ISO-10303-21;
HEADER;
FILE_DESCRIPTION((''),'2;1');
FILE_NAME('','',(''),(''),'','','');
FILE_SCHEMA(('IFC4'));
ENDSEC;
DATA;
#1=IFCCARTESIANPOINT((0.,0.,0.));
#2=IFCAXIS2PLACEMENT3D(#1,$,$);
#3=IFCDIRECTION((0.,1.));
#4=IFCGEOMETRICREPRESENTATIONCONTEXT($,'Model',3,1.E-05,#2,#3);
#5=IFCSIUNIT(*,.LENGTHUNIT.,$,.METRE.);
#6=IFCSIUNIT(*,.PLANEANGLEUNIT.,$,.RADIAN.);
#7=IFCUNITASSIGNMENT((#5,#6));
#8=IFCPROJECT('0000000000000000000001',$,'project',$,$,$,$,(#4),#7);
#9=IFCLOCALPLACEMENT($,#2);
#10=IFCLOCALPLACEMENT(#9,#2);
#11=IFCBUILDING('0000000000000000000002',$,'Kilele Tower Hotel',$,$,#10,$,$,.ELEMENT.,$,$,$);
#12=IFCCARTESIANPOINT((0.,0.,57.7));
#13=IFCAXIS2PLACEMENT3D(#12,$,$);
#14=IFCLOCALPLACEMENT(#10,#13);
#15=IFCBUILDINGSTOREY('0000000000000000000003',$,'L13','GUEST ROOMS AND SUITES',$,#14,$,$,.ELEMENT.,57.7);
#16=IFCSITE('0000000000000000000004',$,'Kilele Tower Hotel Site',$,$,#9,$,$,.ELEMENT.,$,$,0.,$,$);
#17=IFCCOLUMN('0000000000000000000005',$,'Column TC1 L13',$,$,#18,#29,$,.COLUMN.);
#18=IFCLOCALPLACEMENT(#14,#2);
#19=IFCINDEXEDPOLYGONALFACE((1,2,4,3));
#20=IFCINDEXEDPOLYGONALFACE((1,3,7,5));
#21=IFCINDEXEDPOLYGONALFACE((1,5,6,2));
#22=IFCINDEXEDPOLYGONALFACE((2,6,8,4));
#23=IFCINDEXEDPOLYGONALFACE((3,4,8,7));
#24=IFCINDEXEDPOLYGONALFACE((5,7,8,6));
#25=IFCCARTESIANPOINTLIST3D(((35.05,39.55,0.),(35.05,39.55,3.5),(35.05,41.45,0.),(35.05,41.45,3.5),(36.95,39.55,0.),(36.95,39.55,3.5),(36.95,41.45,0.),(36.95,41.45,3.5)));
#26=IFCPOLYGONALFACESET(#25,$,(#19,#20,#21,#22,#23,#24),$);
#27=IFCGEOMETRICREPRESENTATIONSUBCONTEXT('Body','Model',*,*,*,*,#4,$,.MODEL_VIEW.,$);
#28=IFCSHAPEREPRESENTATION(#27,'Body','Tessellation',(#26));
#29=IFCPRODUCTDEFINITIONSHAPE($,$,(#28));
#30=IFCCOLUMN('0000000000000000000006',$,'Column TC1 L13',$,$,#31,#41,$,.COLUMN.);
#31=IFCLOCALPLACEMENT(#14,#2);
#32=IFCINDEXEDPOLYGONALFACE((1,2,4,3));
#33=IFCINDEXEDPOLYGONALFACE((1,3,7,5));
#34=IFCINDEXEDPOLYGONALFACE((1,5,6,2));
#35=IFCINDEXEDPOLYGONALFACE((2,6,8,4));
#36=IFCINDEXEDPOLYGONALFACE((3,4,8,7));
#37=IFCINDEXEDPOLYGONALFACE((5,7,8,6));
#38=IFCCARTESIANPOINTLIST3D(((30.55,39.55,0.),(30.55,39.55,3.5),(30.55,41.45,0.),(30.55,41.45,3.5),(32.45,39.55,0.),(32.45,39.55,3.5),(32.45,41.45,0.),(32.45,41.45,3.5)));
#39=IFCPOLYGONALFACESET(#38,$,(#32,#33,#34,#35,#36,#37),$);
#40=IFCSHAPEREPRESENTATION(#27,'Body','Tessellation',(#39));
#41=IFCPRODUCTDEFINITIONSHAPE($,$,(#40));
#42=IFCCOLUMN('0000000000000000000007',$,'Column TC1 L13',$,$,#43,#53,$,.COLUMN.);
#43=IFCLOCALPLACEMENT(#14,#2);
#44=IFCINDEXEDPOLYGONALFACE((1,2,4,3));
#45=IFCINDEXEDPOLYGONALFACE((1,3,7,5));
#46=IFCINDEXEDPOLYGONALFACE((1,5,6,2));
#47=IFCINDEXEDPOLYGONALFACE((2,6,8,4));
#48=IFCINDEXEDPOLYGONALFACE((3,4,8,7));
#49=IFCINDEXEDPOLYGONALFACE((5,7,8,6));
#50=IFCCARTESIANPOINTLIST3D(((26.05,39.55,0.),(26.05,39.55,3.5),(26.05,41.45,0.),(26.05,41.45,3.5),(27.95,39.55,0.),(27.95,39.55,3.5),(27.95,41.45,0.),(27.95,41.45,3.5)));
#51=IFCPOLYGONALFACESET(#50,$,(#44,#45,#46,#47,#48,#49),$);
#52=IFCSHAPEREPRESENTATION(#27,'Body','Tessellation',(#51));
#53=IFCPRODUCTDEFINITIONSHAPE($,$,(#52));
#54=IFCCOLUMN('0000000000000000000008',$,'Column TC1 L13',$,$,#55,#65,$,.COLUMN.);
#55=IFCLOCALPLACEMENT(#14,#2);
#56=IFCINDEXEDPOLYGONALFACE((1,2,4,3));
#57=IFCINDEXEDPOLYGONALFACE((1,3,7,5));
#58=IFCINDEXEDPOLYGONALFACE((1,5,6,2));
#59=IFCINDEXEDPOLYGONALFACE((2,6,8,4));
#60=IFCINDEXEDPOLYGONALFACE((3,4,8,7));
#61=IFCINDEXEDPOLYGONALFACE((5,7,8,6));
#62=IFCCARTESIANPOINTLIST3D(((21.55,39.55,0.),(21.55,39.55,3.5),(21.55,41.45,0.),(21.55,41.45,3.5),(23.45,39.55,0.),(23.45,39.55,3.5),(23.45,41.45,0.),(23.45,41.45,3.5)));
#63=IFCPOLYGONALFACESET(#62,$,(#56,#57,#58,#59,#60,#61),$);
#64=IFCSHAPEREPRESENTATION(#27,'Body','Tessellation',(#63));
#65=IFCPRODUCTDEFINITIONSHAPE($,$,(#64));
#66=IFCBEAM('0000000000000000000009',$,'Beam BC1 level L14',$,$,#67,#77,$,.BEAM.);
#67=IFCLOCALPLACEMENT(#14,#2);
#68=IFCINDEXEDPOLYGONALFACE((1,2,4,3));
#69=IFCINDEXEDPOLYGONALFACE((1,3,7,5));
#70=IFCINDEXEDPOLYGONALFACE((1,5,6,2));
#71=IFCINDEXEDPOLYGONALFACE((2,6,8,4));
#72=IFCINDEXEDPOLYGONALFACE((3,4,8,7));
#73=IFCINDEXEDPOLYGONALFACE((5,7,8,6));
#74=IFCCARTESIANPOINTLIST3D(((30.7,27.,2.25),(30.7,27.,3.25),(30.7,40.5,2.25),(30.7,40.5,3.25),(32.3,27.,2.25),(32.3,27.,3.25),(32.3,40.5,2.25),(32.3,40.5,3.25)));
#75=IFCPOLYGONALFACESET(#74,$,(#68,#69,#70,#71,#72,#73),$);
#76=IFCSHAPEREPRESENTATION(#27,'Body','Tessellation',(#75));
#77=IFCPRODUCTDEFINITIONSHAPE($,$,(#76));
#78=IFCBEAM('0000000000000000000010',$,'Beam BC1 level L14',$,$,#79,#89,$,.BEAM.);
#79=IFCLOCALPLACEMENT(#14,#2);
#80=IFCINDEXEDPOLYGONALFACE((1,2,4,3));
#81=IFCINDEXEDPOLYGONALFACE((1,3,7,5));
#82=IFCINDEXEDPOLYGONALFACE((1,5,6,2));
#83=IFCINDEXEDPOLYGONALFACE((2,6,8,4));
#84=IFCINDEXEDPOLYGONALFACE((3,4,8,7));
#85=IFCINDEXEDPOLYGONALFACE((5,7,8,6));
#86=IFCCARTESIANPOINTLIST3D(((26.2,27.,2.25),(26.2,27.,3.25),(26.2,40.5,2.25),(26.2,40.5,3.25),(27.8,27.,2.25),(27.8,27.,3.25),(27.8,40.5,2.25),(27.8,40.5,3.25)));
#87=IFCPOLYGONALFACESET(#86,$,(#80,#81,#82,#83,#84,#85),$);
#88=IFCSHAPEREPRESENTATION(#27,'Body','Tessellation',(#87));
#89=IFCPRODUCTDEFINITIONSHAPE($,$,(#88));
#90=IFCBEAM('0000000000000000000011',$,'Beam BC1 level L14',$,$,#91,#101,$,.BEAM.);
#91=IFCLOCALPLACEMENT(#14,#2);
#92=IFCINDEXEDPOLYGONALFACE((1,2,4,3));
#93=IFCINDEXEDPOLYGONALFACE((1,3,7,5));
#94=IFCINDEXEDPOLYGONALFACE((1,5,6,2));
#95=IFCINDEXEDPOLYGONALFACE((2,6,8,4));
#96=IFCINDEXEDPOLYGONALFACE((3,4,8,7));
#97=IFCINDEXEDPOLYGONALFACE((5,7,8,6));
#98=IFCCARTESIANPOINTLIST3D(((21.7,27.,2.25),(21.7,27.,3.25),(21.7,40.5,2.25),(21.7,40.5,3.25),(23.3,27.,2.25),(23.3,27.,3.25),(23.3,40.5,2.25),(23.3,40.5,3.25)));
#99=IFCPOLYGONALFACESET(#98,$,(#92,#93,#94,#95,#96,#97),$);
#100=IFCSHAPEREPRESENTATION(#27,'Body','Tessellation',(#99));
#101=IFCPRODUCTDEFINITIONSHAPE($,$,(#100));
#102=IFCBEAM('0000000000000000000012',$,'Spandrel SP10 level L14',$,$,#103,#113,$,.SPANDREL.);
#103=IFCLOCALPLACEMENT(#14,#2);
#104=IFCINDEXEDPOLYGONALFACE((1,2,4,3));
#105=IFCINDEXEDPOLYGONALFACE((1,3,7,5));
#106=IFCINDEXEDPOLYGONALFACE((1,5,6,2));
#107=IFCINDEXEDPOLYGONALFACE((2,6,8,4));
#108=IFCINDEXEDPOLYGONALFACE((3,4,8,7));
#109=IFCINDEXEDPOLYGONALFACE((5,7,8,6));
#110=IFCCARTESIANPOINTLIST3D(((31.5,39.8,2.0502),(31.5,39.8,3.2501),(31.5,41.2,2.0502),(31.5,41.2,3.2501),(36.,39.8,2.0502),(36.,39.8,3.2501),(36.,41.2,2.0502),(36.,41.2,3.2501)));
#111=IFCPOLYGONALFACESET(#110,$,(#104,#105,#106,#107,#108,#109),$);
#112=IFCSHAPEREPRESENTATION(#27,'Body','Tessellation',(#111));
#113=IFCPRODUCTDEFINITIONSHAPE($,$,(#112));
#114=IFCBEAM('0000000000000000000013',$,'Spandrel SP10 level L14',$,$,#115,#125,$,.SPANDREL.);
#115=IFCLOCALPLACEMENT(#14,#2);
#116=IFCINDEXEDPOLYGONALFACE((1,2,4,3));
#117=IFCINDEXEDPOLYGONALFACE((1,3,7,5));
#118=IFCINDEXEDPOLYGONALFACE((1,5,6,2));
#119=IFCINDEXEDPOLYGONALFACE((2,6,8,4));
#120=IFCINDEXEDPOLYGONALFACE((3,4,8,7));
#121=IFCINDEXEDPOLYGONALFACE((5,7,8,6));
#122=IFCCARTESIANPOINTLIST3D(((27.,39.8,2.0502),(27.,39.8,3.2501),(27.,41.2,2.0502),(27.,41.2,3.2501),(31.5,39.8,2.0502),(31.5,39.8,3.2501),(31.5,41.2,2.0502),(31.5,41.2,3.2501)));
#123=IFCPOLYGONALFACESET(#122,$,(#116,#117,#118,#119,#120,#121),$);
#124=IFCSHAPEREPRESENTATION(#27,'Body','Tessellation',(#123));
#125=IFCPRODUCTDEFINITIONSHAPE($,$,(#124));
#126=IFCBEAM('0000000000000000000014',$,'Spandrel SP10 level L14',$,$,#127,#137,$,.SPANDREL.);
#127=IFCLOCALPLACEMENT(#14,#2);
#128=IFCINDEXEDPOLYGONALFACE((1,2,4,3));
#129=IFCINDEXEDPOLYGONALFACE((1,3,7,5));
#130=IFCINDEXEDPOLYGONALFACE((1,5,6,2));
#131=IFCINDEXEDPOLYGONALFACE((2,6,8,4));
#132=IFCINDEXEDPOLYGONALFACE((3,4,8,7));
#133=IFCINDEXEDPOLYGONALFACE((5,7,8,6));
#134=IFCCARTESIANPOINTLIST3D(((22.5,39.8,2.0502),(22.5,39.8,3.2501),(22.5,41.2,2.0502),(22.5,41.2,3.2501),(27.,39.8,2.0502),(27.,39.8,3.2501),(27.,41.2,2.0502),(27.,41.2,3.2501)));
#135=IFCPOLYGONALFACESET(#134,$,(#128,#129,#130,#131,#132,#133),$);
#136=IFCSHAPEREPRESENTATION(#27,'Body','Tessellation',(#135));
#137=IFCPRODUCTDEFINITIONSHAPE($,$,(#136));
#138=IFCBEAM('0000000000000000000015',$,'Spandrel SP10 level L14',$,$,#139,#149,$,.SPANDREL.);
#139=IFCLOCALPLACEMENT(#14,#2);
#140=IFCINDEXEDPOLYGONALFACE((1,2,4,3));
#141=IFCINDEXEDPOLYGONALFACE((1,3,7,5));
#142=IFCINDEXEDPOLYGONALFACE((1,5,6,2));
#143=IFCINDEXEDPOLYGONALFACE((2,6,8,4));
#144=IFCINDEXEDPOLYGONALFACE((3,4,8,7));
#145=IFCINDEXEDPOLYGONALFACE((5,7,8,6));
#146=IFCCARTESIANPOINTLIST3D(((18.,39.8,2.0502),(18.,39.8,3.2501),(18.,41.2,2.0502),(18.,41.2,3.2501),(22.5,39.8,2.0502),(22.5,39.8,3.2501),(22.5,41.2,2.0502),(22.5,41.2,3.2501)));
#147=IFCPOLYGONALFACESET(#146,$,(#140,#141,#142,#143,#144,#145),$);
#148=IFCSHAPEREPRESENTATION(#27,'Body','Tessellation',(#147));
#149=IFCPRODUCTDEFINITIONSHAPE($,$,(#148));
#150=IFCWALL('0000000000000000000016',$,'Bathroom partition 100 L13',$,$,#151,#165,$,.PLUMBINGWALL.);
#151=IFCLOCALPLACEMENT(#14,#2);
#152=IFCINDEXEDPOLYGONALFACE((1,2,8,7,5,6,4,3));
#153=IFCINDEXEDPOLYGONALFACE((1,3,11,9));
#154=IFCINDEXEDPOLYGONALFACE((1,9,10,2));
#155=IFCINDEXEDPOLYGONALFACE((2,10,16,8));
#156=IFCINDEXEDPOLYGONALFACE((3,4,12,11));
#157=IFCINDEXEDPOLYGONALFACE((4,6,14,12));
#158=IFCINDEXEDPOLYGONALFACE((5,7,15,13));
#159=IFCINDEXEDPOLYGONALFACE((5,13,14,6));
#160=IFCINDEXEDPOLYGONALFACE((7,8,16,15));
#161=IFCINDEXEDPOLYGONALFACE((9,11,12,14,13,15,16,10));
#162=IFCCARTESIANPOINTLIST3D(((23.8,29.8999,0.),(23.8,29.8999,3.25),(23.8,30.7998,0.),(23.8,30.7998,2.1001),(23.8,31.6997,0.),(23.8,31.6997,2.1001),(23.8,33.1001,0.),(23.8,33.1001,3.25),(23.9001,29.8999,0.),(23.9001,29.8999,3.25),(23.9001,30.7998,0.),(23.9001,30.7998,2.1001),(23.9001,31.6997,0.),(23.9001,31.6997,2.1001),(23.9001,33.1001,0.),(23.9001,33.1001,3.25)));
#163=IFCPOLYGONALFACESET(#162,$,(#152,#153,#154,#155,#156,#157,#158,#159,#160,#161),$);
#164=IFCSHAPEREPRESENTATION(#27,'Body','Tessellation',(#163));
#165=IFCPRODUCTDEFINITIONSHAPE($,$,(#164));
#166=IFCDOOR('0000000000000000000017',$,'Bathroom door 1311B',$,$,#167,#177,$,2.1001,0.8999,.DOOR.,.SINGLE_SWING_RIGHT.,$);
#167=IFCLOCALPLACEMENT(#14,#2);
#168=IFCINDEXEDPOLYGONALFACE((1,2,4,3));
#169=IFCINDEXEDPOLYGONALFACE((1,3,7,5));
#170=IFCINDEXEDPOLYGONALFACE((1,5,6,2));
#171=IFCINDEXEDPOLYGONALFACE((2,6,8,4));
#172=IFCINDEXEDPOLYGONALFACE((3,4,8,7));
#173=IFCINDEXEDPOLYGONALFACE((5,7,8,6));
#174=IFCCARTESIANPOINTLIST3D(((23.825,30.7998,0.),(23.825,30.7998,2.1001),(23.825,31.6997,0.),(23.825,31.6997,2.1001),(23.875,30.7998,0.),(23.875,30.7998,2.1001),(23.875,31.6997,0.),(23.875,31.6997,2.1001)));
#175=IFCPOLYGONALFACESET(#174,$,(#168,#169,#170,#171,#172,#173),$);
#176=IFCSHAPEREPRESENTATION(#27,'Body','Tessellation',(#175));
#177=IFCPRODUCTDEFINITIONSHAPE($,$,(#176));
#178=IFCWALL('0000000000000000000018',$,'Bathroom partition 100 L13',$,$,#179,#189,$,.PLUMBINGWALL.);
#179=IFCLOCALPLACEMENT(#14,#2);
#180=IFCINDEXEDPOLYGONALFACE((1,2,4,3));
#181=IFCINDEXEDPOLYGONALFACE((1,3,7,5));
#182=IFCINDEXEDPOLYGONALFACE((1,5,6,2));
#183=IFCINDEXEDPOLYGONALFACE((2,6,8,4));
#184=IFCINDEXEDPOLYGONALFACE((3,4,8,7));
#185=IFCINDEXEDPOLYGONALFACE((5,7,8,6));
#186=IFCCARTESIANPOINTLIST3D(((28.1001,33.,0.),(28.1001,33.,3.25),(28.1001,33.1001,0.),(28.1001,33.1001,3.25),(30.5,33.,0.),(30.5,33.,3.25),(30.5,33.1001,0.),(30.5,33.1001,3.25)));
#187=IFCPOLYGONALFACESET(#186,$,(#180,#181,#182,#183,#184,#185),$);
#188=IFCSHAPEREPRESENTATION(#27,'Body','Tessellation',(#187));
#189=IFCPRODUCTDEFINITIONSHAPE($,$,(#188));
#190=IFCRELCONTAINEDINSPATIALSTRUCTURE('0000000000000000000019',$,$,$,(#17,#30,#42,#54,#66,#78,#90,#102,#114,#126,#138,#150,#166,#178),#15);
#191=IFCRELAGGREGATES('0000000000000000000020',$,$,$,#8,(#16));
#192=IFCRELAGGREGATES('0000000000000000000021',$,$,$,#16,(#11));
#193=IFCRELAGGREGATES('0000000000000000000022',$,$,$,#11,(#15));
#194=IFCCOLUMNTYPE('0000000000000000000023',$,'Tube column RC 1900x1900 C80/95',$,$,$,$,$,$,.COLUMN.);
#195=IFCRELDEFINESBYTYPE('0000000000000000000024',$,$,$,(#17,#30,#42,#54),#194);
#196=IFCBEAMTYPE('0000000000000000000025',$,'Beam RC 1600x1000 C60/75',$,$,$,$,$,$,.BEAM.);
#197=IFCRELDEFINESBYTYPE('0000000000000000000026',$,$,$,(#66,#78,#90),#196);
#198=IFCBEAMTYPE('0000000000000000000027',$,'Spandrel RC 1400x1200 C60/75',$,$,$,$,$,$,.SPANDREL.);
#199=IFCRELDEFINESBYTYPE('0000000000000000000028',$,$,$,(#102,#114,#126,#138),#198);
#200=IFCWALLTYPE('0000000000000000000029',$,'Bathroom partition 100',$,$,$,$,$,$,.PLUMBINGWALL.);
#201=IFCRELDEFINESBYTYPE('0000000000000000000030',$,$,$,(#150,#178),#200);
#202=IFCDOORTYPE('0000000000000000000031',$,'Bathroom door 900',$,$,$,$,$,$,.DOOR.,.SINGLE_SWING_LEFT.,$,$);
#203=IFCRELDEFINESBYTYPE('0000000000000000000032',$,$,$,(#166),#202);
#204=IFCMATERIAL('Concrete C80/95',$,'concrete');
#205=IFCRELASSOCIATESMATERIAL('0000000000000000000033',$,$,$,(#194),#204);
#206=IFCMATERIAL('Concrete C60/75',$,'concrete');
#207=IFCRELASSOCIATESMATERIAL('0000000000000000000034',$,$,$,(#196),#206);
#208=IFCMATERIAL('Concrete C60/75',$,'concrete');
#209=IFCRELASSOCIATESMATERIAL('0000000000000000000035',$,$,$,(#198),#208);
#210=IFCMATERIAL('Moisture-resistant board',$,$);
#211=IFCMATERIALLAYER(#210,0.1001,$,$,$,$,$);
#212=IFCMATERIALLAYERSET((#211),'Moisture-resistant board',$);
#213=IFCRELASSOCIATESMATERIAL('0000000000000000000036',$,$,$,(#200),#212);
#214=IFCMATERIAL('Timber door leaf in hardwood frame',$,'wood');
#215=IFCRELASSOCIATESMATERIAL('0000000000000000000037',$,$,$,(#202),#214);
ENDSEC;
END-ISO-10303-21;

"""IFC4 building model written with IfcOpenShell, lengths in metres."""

from ifc_helpers import new_model, si_unit, direction, frame, frame_2d, origin, origin_2d, place, context, subcontext, project, spatial, rectangle, extrude, material, layer, layer_set, material_profile, profile_set, type_object, element, fill, save


model = new_model("IFC4")

# Units and contexts
model_context = context("Model", 3, precision=1e-05, world=origin(), true_north=direction((0.0, 1.0)))
body_context = subcontext(model_context, "Body", "Model", "MODEL_VIEW")
ifc_project = project(units=[si_unit("LENGTHUNIT", "METRE"), si_unit("PLANEANGLEUNIT", "RADIAN")], contexts=[model_context])

# Site, building, storey
site_placement = place(None, origin())
site = spatial("IfcSite", under=ifc_project, at=site_placement, Name="Kilele Tower Hotel Site", CompositionType="ELEMENT", RefElevation=0.0)
building_placement = place(site_placement, origin())
building = spatial("IfcBuilding", under=site, at=building_placement, Name="Kilele Tower Hotel", CompositionType="ELEMENT")
storey_placement = place(building_placement, frame((0.0, 0.0, 57.7)))
storey = spatial("IfcBuildingStorey", under=building, at=storey_placement, Name="L13", Description="GUEST ROOMS AND SUITES", CompositionType="ELEMENT", Elevation=57.7)

# Columns
ifc_material_1 = material(Name="Concrete C80/95", Category="concrete")
ifc_material_profile_1 = material_profile(ifc_material_1, rectangle(XDim=1.8999, YDim=1.8999, at=origin_2d()))
ifc_profile_set_1 = profile_set([ifc_material_profile_1], Name="Concrete C80/95")
column_type = type_object("IfcColumnType", Name="Tube column RC 1900x1900 C80/95", PredefinedType="COLUMN", material=ifc_profile_set_1)
for number, where, z_axis, x_axis, name in (
    (1, (36.0, 40.5, 0.0), (0.0, 0.0, 1.0), (1.0, 0.0, 0.0), "Column TC1 L13"),
    (2, (31.5, 40.5, 0.0), (0.0, 0.0, 1.0), (1.0, 0.0, 0.0), "Column TC1 L13"),
    (3, (27.0, 40.5, 0.0), (0.0, 0.0, 1.0), (1.0, 0.0, 0.0), "Column TC1 L13"),
    (4, (22.5, 40.5, 0.0), (0.0, 0.0, 1.0), (1.0, 0.0, 0.0), "Column TC1 L13"),
):
    element("IfcColumn", number, at=place(storey_placement, frame(where, z_axis=z_axis, x_axis=x_axis)), inside=storey, type_object=column_type, Name=name, PredefinedType="COLUMN", context=body_context, shape_type="SweptSolid", body=[
        extrude(rectangle(XDim=1.8999, YDim=1.8999, at=origin_2d()), origin(), (0.0, 0.0, 1.0), 3.5),
    ])

# Beams
ifc_material_2 = material(Name="Concrete C60/75", Category="concrete")
ifc_material_profile_2 = material_profile(ifc_material_2, rectangle(XDim=1.6001, YDim=1.0, at=origin_2d()))
ifc_profile_set_2 = profile_set([ifc_material_profile_2], Name="Concrete C60/75")
beam_type_1 = type_object("IfcBeamType", Name="Beam RC 1600x1000 C60/75", PredefinedType="BEAM", material=ifc_profile_set_2)
for number, where, z_axis, x_axis, name in (
    (5, (31.5, 40.5, 2.75), (0.0, -1.0, 0.0), (1.0, 0.0, 0.0), "Beam BC1 level L14"),
    (6, (27.0, 40.5, 2.75), (0.0, -1.0, 0.0), (1.0, 0.0, 0.0), "Beam BC1 level L14"),
    (7, (22.5, 40.5, 2.75), (0.0, -1.0, 0.0), (1.0, 0.0, 0.0), "Beam BC1 level L14"),
):
    element("IfcBeam", number, at=place(storey_placement, frame(where, z_axis=z_axis, x_axis=x_axis)), inside=storey, type_object=beam_type_1, Name=name, PredefinedType="BEAM", context=body_context, shape_type="SweptSolid", body=[
        extrude(rectangle(XDim=1.6001, YDim=1.0, at=origin_2d()), origin(), (0.0, 0.0, 1.0), 13.5),
    ])
ifc_material_3 = material(Name="Concrete C60/75", Category="concrete")
ifc_material_profile_3 = material_profile(ifc_material_3, rectangle(XDim=1.3999, YDim=1.2, at=origin_2d()))
ifc_profile_set_3 = profile_set([ifc_material_profile_3], Name="Concrete C60/75")
beam_type_2 = type_object("IfcBeamType", Name="Spandrel RC 1400x1200 C60/75", PredefinedType="SPANDREL", material=ifc_profile_set_3)
for number, where, z_axis, x_axis, name in (
    (8, (36.0, 40.5, 2.6501), (-1.0, 0.0, 0.0), (0.0, -1.0, 0.0), "Spandrel SP10 level L14"),
    (9, (31.5, 40.5, 2.6501), (-1.0, 0.0, 0.0), (0.0, -1.0, 0.0), "Spandrel SP10 level L14"),
    (10, (27.0, 40.5, 2.6501), (-1.0, 0.0, 0.0), (0.0, -1.0, 0.0), "Spandrel SP10 level L14"),
    (11, (22.5, 40.5, 2.6501), (-1.0, 0.0, 0.0), (0.0, -1.0, 0.0), "Spandrel SP10 level L14"),
):
    element("IfcBeam", number, at=place(storey_placement, frame(where, z_axis=z_axis, x_axis=x_axis)), inside=storey, type_object=beam_type_2, Name=name, PredefinedType="SPANDREL", context=body_context, shape_type="SweptSolid", body=[
        extrude(rectangle(XDim=1.3999, YDim=1.2, at=origin_2d()), origin(), (0.0, 0.0, 1.0), 4.5),
    ])

# Wall, opening, door
ifc_material_4 = material(Name="Moisture-resistant board")
ifc_layer_1 = layer(ifc_material_4, 0.1001)
ifc_layer_set_1 = layer_set([ifc_layer_1], Name="Moisture-resistant board")
wall_type_1 = type_object("IfcWallType", Name="Bathroom partition 100", PredefinedType="PLUMBINGWALL", material=ifc_layer_set_1)
wall_1_placement = place(storey_placement, frame((23.8501, 29.8999, 0.0), z_axis=(0.0, 0.0, 1.0), x_axis=(0.0, 1.0, 0.0)))
wall_1 = element("IfcWall", 12, at=wall_1_placement, inside=storey, type_object=wall_type_1, Name="Bathroom partition 100 L13", PredefinedType="PLUMBINGWALL", context=body_context, shape_type="SweptSolid", body=[
    extrude(rectangle(XDim=3.2002, YDim=0.1001, at=frame_2d((1.6001, 0.0))), origin(), (0.0, 0.0, 1.0), 3.25),
])
opening_1_placement = place(wall_1_placement, frame((1.7998, 0.0, 0.0), z_axis=(0.0, 0.0, 1.0), x_axis=(-1.0, 0.0, 0.0)))
opening_1 = element("IfcOpeningElement", 13, at=opening_1_placement, cuts=wall_1, PredefinedType="OPENING", context=body_context, shape_type="SweptSolid", body=[
    extrude(rectangle(XDim=0.8999, YDim=2.1001, at=frame_2d((0.45, 1.05))), frame((0.0, 0.0601, 0.0), z_axis=(0.0, -1.0, 0.0), x_axis=(1.0, 0.0, 0.0)), (0.0, 0.0, 1.0), 0.1201),
])
ifc_material_5 = material(Name="Timber door leaf in hardwood frame", Category="wood")
door_type_1 = type_object("IfcDoorType", Name="Bathroom door 900", OperationType="SINGLE_SWING_LEFT", PredefinedType="DOOR", material=ifc_material_5)
door_1_placement = place(opening_1_placement, origin())
door_1 = element("IfcDoor", 14, at=door_1_placement, inside=storey, type_object=door_type_1, Name="Bathroom door 1311B", OperationType="SINGLE_SWING_RIGHT", OverallHeight=2.1001, OverallWidth=0.8999, PredefinedType="DOOR", context=body_context, shape_type="SweptSolid", body=[
    extrude(rectangle(XDim=0.8999, YDim=2.1001, at=frame_2d((0.45, 1.05))), frame((0.0, 0.0249, 0.0), z_axis=(0.0, -1.0, 0.0), x_axis=(1.0, 0.0, 0.0)), (0.0, 0.0, 1.0), 0.05),
])
fill(opening_1, door_1)

# Wall
wall_2_placement = place(storey_placement, frame((28.1001, 33.05, 0.0), z_axis=(0.0, 0.0, 1.0), x_axis=(1.0, 0.0, 0.0)))
element("IfcWall", 15, at=wall_2_placement, inside=storey, type_object=wall_type_1, Name="Bathroom partition 100 L13", PredefinedType="PLUMBINGWALL", context=body_context, shape_type="SweptSolid", body=[
    extrude(rectangle(XDim=2.3999, YDim=0.1001, at=frame_2d((1.2, 0.0))), origin(), (0.0, 0.0, 1.0), 3.25),
])

save(model, "model.ifc")
